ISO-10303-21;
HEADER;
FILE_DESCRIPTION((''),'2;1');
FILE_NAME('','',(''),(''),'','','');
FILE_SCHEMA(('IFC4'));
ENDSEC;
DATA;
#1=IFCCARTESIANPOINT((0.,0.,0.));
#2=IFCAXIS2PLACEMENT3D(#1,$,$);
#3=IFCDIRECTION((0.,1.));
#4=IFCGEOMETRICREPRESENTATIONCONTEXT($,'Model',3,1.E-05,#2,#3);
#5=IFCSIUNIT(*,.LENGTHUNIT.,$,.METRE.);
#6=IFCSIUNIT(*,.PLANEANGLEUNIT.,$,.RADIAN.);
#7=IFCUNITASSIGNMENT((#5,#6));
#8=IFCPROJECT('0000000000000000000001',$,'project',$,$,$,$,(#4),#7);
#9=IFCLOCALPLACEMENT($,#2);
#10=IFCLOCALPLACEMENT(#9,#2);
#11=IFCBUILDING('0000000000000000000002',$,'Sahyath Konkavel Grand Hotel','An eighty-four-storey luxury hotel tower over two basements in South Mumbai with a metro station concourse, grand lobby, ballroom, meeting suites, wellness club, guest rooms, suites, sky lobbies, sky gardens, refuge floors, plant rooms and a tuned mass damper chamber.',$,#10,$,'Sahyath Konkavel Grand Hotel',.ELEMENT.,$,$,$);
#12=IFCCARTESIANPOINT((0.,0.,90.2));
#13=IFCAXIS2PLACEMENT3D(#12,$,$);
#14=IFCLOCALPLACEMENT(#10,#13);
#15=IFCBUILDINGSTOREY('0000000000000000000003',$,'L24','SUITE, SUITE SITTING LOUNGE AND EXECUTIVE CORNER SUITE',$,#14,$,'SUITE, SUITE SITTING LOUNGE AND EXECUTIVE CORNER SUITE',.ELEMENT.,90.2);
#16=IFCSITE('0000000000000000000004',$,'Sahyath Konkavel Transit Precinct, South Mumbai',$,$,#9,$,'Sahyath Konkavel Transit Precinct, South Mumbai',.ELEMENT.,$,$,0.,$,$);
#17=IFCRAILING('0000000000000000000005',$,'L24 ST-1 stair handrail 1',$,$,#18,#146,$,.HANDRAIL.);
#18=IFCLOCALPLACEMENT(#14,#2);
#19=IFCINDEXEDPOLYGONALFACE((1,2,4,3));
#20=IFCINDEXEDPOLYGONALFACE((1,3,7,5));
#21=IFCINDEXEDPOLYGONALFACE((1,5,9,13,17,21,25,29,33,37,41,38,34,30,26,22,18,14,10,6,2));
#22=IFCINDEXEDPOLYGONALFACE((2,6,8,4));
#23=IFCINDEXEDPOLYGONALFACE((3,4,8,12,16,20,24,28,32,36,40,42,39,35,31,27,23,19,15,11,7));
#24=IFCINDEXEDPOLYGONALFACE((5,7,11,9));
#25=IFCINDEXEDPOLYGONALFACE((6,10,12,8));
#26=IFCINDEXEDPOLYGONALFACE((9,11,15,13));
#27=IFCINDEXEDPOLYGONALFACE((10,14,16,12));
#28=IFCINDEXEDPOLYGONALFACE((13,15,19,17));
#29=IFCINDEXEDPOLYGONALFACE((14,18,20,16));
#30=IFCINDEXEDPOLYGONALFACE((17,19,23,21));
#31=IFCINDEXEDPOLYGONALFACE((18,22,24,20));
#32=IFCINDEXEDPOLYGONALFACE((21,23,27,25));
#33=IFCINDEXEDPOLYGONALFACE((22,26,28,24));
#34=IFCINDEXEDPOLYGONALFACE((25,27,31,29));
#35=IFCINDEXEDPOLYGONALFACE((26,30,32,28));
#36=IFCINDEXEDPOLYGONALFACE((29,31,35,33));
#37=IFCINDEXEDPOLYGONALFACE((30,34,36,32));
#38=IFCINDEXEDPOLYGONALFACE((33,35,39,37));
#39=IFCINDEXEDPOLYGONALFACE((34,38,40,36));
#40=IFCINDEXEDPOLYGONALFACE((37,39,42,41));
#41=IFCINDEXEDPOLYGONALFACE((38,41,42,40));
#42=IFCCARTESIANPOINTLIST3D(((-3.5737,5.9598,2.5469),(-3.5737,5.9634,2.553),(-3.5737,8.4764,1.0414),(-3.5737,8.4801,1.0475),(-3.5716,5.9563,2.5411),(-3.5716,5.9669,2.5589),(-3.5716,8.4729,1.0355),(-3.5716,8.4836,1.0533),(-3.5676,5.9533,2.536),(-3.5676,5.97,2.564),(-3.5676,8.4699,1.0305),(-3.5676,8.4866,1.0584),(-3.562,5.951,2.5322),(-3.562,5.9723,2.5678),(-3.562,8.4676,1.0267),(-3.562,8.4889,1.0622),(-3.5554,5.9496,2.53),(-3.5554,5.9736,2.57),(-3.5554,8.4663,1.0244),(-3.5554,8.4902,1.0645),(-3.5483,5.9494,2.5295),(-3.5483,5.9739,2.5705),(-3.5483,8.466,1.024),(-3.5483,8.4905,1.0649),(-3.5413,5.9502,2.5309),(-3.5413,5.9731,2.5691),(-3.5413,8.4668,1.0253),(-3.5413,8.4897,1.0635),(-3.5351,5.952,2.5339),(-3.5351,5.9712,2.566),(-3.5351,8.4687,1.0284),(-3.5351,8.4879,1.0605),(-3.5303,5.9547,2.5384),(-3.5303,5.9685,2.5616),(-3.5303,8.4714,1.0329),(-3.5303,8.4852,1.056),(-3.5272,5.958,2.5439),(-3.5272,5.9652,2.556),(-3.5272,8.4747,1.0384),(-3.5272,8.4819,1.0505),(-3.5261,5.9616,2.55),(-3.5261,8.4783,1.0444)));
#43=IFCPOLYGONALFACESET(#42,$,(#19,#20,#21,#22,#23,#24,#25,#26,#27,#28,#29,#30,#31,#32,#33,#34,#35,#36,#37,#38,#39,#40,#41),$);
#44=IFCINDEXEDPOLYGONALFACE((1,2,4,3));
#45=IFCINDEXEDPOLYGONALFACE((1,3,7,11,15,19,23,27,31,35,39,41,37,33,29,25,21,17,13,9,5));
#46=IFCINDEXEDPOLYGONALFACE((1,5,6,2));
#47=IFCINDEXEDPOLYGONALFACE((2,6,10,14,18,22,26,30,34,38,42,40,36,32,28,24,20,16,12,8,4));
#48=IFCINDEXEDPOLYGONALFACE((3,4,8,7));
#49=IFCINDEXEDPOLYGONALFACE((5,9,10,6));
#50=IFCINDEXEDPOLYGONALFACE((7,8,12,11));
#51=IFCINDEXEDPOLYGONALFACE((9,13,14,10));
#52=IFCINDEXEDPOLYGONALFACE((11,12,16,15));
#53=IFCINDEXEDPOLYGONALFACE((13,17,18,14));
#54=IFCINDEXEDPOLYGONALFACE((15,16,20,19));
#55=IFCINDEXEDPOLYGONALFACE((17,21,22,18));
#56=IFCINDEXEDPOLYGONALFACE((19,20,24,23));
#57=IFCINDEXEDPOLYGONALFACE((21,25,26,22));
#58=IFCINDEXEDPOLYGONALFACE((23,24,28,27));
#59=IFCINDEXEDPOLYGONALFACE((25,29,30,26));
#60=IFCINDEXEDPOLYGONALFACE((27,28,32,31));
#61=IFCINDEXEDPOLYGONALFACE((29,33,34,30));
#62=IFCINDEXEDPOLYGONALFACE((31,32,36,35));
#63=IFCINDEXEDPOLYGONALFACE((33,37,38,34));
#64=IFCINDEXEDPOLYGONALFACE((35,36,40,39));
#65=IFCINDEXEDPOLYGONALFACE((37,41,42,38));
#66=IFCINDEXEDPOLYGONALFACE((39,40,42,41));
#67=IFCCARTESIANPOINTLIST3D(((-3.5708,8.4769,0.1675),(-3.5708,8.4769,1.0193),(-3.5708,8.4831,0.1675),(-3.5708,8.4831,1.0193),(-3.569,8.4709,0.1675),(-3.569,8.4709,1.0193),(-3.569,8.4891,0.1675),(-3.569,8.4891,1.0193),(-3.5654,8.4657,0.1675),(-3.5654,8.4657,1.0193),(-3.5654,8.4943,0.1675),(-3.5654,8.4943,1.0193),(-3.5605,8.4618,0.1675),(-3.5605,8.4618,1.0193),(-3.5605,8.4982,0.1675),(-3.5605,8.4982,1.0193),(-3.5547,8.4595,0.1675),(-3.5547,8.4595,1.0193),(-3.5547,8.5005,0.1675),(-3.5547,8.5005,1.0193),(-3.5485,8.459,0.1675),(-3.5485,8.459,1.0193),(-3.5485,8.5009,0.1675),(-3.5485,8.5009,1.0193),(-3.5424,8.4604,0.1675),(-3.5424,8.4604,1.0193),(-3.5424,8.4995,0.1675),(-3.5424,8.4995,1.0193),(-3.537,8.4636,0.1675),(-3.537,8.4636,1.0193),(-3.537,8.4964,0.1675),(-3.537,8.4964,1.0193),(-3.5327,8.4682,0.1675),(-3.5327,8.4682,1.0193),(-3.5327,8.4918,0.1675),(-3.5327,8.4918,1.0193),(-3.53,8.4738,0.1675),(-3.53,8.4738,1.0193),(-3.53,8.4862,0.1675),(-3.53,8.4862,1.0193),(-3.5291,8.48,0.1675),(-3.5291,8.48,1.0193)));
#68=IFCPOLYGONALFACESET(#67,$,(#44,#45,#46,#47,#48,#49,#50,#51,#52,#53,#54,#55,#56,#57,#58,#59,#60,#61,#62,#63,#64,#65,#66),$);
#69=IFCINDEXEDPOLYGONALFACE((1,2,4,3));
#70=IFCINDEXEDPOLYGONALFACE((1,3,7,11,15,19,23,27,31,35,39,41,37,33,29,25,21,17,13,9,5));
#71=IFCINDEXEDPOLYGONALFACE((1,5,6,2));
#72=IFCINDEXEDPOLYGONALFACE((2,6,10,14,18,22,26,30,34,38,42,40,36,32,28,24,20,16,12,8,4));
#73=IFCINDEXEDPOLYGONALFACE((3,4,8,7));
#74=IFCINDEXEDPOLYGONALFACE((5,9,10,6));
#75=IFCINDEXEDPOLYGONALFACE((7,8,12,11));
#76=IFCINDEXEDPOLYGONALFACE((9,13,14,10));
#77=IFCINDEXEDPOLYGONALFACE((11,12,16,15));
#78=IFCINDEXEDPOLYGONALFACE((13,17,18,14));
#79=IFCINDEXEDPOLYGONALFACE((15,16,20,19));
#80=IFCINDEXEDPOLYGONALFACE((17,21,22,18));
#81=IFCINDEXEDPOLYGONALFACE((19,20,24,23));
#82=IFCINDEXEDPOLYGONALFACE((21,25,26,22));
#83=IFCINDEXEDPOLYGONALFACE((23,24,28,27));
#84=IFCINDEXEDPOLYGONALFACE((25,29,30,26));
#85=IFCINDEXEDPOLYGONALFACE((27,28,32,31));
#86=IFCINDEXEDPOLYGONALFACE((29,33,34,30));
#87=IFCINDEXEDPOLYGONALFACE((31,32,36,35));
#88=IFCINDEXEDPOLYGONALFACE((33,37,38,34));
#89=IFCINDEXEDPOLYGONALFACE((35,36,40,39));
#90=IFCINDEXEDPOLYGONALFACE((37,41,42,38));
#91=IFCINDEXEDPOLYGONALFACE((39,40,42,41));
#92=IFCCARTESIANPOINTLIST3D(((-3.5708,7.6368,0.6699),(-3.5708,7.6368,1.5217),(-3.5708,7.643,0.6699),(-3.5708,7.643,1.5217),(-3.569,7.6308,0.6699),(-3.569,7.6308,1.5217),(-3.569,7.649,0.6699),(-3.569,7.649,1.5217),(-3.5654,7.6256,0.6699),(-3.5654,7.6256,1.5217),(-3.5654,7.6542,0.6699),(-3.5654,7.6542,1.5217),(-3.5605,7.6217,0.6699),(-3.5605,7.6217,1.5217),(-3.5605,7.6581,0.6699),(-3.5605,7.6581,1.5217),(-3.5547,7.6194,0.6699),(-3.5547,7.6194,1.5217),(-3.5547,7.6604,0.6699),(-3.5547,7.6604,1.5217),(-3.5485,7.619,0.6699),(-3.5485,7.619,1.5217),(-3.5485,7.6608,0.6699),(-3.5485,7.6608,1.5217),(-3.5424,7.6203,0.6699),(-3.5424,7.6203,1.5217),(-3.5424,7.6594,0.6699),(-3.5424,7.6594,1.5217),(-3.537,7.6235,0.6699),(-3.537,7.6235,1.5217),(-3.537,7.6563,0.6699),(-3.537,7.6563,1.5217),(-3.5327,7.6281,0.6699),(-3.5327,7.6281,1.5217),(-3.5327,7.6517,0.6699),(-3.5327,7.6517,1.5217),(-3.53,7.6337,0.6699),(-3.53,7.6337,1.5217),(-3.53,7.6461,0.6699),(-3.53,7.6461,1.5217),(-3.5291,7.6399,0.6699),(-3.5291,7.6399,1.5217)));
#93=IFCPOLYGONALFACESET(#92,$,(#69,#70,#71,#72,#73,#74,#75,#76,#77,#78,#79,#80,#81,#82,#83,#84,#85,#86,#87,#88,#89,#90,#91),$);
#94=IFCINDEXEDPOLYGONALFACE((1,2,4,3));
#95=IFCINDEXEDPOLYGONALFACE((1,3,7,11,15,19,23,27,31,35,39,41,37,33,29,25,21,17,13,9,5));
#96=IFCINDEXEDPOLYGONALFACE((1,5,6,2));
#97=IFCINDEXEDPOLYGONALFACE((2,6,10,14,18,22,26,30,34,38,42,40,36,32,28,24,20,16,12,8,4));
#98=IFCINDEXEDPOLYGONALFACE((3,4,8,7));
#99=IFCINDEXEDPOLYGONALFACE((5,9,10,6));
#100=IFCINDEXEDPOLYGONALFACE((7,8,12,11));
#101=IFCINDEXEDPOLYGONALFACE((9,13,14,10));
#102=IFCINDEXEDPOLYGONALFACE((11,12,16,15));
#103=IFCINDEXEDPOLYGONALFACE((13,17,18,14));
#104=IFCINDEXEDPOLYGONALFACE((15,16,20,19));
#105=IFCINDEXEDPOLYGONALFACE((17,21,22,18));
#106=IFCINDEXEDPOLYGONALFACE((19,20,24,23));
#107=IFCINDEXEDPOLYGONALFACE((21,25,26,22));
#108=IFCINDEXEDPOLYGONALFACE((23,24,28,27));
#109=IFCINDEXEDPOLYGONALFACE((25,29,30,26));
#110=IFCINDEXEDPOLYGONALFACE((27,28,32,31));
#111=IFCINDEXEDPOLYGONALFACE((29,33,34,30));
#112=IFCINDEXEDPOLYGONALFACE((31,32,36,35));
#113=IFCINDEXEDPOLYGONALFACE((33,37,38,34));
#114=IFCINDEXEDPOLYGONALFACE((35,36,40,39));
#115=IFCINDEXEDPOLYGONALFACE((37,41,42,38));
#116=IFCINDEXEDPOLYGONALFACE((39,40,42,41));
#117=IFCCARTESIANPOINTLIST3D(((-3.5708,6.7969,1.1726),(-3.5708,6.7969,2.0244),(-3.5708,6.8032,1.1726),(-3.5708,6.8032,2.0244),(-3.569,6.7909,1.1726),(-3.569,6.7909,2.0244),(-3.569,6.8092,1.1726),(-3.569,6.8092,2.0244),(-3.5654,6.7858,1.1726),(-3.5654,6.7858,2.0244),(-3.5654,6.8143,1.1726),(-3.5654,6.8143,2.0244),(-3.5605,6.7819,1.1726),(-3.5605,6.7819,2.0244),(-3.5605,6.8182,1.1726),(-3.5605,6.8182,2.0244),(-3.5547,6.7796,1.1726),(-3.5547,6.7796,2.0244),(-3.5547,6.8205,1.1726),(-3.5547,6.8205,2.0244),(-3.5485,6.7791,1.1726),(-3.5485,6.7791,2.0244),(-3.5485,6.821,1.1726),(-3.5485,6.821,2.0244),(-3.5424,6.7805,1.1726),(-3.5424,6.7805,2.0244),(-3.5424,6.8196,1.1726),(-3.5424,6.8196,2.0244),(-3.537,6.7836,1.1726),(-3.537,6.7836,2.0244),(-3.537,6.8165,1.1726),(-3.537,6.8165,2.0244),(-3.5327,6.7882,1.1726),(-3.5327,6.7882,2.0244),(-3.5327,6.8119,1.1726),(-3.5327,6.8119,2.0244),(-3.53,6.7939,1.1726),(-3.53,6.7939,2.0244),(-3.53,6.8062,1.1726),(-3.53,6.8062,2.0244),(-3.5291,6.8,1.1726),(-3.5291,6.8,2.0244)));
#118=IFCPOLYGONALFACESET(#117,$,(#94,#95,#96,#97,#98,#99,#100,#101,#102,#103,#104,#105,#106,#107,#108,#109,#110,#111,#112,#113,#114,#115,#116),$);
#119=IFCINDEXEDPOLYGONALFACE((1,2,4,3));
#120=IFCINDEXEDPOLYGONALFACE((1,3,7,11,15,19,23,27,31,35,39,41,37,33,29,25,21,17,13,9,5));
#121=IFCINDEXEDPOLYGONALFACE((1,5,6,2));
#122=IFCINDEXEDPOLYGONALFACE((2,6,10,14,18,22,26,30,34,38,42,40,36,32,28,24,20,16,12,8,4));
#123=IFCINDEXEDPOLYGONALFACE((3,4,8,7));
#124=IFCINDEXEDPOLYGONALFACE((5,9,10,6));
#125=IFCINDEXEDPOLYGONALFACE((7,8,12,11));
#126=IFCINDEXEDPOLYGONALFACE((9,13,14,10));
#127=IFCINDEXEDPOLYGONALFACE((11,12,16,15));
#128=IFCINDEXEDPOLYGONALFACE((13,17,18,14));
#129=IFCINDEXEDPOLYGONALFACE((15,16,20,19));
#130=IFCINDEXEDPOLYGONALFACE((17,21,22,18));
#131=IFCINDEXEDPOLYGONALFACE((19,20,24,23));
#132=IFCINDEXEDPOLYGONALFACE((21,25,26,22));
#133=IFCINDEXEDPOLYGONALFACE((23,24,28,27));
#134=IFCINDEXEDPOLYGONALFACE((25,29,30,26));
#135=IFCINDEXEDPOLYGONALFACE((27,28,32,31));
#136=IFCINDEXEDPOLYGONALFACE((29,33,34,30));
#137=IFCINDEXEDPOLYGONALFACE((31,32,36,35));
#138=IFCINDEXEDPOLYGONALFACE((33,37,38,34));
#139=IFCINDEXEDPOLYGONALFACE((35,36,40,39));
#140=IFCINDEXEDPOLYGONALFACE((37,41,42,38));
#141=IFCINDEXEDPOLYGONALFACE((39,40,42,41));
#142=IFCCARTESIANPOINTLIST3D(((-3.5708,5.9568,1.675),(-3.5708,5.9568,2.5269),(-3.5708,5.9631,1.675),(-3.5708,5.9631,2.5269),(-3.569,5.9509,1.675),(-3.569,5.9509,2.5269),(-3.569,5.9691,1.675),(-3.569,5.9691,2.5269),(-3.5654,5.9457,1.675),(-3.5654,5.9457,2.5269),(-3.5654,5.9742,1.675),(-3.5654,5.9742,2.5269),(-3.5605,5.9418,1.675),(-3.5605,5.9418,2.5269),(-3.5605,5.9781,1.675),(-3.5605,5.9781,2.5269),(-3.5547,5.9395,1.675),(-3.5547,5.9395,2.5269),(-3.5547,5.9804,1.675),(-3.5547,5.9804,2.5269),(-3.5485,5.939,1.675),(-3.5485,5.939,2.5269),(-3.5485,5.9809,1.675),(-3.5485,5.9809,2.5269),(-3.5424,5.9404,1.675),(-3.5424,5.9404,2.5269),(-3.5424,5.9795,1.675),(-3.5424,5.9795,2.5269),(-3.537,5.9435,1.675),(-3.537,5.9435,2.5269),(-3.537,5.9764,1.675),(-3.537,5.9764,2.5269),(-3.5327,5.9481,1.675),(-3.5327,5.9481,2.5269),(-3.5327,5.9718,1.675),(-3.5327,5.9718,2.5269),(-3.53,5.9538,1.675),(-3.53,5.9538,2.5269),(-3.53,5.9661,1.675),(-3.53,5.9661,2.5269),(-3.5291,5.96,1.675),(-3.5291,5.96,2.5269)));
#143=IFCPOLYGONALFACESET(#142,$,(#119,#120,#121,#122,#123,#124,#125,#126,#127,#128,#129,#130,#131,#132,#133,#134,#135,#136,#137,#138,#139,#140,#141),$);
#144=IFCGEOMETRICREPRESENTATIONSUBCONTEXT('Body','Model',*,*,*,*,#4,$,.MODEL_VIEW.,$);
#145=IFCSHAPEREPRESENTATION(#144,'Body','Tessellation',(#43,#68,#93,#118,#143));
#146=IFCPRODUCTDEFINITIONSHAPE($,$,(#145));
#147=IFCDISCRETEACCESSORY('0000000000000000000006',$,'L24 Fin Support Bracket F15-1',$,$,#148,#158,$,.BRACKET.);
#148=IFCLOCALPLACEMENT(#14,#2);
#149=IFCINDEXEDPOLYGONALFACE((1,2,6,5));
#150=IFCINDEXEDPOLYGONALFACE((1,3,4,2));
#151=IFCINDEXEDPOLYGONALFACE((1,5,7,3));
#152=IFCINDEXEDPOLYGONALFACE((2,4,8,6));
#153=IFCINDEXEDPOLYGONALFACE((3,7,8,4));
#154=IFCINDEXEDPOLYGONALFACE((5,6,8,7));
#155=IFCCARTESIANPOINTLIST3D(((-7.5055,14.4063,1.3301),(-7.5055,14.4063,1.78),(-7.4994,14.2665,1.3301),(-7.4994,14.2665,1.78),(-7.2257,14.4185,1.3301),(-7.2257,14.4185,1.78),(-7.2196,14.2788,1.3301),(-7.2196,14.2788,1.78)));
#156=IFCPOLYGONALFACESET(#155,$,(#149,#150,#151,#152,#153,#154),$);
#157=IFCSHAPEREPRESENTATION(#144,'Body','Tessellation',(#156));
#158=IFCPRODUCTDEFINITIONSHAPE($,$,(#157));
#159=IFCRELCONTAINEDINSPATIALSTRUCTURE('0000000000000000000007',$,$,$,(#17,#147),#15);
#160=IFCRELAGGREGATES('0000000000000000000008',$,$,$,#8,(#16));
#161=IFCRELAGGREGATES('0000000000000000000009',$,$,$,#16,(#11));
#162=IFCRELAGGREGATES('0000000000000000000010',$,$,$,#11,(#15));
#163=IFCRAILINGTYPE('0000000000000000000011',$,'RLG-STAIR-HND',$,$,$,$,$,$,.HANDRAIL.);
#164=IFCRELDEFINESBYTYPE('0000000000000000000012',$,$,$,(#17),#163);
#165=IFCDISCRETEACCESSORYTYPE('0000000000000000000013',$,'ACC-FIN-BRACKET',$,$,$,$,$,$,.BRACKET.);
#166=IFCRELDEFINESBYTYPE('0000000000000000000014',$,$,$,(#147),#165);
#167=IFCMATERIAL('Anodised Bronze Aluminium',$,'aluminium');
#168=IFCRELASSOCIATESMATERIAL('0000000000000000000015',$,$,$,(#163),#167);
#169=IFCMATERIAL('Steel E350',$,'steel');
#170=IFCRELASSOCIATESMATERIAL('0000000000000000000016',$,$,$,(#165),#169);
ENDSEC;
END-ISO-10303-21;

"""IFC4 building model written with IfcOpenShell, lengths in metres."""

from ifc_helpers import new_model, si_unit, direction, frame, origin, origin_2d, place, context, subcontext, project, spatial, rectangle, circle, extrude, source, transform, mapped, material, type_object, element, save


model = new_model("IFC4")

# Units and contexts
model_context = context("Model", 3, precision=1e-05, world=origin(), true_north=direction((0.0, 1.0)))
body_context = subcontext(model_context, "Body", "Model", "MODEL_VIEW")
ifc_project = project(units=[si_unit("LENGTHUNIT", "METRE"), si_unit("PLANEANGLEUNIT", "RADIAN")], contexts=[model_context])

# Site, building, storey
site_placement = place(None, origin())
site = spatial("IfcSite", under=ifc_project, at=site_placement, Name="Sahyath Konkavel Transit Precinct, South Mumbai", LongName="Sahyath Konkavel Transit Precinct, South Mumbai", CompositionType="ELEMENT", RefElevation=0.0)
building_placement = place(site_placement, origin())
building = spatial("IfcBuilding", under=site, at=building_placement, Name="Sahyath Konkavel Grand Hotel", Description="An eighty-four-storey luxury hotel tower over two basements in South Mumbai with a metro station concourse, grand lobby, ballroom, meeting suites, wellness club, guest rooms, suites, sky lobbies, sky gardens, refuge floors, plant rooms and a tuned mass damper chamber.", LongName="Sahyath Konkavel Grand Hotel", CompositionType="ELEMENT")
storey_placement = place(building_placement, frame((0.0, 0.0, 90.2)))
storey = spatial("IfcBuildingStorey", under=building, at=storey_placement, Name="L24", Description="SUITE, SUITE SITTING LOUNGE AND EXECUTIVE CORNER SUITE", LongName="SUITE, SUITE SITTING LOUNGE AND EXECUTIVE CORNER SUITE", CompositionType="ELEMENT", Elevation=90.2)

# Shared definitions
ifc_material_1 = material(Name="Steel E350", Category="steel")

# Shared definitions
ifc_material_2 = material(Name="Anodised Bronze Aluminium", Category="aluminium")

# Railing
railing_type_1 = type_object("IfcRailingType", Name="RLG-STAIR-HND", PredefinedType="HANDRAIL", material=ifc_material_2)
railing_1_placement = place(storey_placement, frame((-3.55, 8.48, 0.1675)))
element("IfcRailing", 1, at=railing_1_placement, inside=storey, type_object=railing_type_1, Name="L24 ST-1 stair handrail 1", PredefinedType="HANDRAIL", context=body_context, shape_type="SweptSolid", body=[
    extrude(circle(Radius=0.0239, at=origin_2d()), frame((0.0, -0.0017, 0.877), z_axis=(0.0, -0.85816, 0.513383), x_axis=(1.0, 0.0, 0.0)), (0.0, 0.0, 1.0), 2.9326),
    extrude(circle(Radius=0.021, at=origin_2d()), origin(), (0.0, 0.0, 1.0), 0.8518),
    extrude(circle(Radius=0.021, at=origin_2d()), frame((0.0, -0.8401, 0.5024)), (0.0, 0.0, 1.0), 0.8518),
    extrude(circle(Radius=0.021, at=origin_2d()), frame((0.0, -1.6799, 1.0051)), (0.0, 0.0, 1.0), 0.8518),
    extrude(circle(Radius=0.021, at=origin_2d()), frame((0.0, -2.52, 1.5076)), (0.0, 0.0, 1.0), 0.8518),
])

# Discrete accessory
discrete_accessory_type = type_object("IfcDiscreteAccessoryType", Name="ACC-FIN-BRACKET", PredefinedType="BRACKET", material=ifc_material_1)
shared_shape_1 = source(origin(), body_context, "Body", "SweptSolid", [
    extrude(rectangle(XDim=0.28, YDim=0.1399, at=origin_2d()), origin(), (0.0, 0.0, 1.0), 0.45),
])
discrete_accessory_placement = place(storey_placement, frame((-7.3625, 14.3425, 1.3301), z_axis=(0.0, 0.0, 1.0), x_axis=(-0.999048, -0.043619, 0.0)))
element("IfcDiscreteAccessory", 2, at=discrete_accessory_placement, inside=storey, type_object=discrete_accessory_type, Name="L24 Fin Support Bracket F15-1", PredefinedType="BRACKET", context=body_context, shape_type="MappedRepresentation", body=[
    mapped(shared_shape_1, transform((0.0, 0.0, 0.0), scale=1.0)),
])

save(model, "model.ifc")
